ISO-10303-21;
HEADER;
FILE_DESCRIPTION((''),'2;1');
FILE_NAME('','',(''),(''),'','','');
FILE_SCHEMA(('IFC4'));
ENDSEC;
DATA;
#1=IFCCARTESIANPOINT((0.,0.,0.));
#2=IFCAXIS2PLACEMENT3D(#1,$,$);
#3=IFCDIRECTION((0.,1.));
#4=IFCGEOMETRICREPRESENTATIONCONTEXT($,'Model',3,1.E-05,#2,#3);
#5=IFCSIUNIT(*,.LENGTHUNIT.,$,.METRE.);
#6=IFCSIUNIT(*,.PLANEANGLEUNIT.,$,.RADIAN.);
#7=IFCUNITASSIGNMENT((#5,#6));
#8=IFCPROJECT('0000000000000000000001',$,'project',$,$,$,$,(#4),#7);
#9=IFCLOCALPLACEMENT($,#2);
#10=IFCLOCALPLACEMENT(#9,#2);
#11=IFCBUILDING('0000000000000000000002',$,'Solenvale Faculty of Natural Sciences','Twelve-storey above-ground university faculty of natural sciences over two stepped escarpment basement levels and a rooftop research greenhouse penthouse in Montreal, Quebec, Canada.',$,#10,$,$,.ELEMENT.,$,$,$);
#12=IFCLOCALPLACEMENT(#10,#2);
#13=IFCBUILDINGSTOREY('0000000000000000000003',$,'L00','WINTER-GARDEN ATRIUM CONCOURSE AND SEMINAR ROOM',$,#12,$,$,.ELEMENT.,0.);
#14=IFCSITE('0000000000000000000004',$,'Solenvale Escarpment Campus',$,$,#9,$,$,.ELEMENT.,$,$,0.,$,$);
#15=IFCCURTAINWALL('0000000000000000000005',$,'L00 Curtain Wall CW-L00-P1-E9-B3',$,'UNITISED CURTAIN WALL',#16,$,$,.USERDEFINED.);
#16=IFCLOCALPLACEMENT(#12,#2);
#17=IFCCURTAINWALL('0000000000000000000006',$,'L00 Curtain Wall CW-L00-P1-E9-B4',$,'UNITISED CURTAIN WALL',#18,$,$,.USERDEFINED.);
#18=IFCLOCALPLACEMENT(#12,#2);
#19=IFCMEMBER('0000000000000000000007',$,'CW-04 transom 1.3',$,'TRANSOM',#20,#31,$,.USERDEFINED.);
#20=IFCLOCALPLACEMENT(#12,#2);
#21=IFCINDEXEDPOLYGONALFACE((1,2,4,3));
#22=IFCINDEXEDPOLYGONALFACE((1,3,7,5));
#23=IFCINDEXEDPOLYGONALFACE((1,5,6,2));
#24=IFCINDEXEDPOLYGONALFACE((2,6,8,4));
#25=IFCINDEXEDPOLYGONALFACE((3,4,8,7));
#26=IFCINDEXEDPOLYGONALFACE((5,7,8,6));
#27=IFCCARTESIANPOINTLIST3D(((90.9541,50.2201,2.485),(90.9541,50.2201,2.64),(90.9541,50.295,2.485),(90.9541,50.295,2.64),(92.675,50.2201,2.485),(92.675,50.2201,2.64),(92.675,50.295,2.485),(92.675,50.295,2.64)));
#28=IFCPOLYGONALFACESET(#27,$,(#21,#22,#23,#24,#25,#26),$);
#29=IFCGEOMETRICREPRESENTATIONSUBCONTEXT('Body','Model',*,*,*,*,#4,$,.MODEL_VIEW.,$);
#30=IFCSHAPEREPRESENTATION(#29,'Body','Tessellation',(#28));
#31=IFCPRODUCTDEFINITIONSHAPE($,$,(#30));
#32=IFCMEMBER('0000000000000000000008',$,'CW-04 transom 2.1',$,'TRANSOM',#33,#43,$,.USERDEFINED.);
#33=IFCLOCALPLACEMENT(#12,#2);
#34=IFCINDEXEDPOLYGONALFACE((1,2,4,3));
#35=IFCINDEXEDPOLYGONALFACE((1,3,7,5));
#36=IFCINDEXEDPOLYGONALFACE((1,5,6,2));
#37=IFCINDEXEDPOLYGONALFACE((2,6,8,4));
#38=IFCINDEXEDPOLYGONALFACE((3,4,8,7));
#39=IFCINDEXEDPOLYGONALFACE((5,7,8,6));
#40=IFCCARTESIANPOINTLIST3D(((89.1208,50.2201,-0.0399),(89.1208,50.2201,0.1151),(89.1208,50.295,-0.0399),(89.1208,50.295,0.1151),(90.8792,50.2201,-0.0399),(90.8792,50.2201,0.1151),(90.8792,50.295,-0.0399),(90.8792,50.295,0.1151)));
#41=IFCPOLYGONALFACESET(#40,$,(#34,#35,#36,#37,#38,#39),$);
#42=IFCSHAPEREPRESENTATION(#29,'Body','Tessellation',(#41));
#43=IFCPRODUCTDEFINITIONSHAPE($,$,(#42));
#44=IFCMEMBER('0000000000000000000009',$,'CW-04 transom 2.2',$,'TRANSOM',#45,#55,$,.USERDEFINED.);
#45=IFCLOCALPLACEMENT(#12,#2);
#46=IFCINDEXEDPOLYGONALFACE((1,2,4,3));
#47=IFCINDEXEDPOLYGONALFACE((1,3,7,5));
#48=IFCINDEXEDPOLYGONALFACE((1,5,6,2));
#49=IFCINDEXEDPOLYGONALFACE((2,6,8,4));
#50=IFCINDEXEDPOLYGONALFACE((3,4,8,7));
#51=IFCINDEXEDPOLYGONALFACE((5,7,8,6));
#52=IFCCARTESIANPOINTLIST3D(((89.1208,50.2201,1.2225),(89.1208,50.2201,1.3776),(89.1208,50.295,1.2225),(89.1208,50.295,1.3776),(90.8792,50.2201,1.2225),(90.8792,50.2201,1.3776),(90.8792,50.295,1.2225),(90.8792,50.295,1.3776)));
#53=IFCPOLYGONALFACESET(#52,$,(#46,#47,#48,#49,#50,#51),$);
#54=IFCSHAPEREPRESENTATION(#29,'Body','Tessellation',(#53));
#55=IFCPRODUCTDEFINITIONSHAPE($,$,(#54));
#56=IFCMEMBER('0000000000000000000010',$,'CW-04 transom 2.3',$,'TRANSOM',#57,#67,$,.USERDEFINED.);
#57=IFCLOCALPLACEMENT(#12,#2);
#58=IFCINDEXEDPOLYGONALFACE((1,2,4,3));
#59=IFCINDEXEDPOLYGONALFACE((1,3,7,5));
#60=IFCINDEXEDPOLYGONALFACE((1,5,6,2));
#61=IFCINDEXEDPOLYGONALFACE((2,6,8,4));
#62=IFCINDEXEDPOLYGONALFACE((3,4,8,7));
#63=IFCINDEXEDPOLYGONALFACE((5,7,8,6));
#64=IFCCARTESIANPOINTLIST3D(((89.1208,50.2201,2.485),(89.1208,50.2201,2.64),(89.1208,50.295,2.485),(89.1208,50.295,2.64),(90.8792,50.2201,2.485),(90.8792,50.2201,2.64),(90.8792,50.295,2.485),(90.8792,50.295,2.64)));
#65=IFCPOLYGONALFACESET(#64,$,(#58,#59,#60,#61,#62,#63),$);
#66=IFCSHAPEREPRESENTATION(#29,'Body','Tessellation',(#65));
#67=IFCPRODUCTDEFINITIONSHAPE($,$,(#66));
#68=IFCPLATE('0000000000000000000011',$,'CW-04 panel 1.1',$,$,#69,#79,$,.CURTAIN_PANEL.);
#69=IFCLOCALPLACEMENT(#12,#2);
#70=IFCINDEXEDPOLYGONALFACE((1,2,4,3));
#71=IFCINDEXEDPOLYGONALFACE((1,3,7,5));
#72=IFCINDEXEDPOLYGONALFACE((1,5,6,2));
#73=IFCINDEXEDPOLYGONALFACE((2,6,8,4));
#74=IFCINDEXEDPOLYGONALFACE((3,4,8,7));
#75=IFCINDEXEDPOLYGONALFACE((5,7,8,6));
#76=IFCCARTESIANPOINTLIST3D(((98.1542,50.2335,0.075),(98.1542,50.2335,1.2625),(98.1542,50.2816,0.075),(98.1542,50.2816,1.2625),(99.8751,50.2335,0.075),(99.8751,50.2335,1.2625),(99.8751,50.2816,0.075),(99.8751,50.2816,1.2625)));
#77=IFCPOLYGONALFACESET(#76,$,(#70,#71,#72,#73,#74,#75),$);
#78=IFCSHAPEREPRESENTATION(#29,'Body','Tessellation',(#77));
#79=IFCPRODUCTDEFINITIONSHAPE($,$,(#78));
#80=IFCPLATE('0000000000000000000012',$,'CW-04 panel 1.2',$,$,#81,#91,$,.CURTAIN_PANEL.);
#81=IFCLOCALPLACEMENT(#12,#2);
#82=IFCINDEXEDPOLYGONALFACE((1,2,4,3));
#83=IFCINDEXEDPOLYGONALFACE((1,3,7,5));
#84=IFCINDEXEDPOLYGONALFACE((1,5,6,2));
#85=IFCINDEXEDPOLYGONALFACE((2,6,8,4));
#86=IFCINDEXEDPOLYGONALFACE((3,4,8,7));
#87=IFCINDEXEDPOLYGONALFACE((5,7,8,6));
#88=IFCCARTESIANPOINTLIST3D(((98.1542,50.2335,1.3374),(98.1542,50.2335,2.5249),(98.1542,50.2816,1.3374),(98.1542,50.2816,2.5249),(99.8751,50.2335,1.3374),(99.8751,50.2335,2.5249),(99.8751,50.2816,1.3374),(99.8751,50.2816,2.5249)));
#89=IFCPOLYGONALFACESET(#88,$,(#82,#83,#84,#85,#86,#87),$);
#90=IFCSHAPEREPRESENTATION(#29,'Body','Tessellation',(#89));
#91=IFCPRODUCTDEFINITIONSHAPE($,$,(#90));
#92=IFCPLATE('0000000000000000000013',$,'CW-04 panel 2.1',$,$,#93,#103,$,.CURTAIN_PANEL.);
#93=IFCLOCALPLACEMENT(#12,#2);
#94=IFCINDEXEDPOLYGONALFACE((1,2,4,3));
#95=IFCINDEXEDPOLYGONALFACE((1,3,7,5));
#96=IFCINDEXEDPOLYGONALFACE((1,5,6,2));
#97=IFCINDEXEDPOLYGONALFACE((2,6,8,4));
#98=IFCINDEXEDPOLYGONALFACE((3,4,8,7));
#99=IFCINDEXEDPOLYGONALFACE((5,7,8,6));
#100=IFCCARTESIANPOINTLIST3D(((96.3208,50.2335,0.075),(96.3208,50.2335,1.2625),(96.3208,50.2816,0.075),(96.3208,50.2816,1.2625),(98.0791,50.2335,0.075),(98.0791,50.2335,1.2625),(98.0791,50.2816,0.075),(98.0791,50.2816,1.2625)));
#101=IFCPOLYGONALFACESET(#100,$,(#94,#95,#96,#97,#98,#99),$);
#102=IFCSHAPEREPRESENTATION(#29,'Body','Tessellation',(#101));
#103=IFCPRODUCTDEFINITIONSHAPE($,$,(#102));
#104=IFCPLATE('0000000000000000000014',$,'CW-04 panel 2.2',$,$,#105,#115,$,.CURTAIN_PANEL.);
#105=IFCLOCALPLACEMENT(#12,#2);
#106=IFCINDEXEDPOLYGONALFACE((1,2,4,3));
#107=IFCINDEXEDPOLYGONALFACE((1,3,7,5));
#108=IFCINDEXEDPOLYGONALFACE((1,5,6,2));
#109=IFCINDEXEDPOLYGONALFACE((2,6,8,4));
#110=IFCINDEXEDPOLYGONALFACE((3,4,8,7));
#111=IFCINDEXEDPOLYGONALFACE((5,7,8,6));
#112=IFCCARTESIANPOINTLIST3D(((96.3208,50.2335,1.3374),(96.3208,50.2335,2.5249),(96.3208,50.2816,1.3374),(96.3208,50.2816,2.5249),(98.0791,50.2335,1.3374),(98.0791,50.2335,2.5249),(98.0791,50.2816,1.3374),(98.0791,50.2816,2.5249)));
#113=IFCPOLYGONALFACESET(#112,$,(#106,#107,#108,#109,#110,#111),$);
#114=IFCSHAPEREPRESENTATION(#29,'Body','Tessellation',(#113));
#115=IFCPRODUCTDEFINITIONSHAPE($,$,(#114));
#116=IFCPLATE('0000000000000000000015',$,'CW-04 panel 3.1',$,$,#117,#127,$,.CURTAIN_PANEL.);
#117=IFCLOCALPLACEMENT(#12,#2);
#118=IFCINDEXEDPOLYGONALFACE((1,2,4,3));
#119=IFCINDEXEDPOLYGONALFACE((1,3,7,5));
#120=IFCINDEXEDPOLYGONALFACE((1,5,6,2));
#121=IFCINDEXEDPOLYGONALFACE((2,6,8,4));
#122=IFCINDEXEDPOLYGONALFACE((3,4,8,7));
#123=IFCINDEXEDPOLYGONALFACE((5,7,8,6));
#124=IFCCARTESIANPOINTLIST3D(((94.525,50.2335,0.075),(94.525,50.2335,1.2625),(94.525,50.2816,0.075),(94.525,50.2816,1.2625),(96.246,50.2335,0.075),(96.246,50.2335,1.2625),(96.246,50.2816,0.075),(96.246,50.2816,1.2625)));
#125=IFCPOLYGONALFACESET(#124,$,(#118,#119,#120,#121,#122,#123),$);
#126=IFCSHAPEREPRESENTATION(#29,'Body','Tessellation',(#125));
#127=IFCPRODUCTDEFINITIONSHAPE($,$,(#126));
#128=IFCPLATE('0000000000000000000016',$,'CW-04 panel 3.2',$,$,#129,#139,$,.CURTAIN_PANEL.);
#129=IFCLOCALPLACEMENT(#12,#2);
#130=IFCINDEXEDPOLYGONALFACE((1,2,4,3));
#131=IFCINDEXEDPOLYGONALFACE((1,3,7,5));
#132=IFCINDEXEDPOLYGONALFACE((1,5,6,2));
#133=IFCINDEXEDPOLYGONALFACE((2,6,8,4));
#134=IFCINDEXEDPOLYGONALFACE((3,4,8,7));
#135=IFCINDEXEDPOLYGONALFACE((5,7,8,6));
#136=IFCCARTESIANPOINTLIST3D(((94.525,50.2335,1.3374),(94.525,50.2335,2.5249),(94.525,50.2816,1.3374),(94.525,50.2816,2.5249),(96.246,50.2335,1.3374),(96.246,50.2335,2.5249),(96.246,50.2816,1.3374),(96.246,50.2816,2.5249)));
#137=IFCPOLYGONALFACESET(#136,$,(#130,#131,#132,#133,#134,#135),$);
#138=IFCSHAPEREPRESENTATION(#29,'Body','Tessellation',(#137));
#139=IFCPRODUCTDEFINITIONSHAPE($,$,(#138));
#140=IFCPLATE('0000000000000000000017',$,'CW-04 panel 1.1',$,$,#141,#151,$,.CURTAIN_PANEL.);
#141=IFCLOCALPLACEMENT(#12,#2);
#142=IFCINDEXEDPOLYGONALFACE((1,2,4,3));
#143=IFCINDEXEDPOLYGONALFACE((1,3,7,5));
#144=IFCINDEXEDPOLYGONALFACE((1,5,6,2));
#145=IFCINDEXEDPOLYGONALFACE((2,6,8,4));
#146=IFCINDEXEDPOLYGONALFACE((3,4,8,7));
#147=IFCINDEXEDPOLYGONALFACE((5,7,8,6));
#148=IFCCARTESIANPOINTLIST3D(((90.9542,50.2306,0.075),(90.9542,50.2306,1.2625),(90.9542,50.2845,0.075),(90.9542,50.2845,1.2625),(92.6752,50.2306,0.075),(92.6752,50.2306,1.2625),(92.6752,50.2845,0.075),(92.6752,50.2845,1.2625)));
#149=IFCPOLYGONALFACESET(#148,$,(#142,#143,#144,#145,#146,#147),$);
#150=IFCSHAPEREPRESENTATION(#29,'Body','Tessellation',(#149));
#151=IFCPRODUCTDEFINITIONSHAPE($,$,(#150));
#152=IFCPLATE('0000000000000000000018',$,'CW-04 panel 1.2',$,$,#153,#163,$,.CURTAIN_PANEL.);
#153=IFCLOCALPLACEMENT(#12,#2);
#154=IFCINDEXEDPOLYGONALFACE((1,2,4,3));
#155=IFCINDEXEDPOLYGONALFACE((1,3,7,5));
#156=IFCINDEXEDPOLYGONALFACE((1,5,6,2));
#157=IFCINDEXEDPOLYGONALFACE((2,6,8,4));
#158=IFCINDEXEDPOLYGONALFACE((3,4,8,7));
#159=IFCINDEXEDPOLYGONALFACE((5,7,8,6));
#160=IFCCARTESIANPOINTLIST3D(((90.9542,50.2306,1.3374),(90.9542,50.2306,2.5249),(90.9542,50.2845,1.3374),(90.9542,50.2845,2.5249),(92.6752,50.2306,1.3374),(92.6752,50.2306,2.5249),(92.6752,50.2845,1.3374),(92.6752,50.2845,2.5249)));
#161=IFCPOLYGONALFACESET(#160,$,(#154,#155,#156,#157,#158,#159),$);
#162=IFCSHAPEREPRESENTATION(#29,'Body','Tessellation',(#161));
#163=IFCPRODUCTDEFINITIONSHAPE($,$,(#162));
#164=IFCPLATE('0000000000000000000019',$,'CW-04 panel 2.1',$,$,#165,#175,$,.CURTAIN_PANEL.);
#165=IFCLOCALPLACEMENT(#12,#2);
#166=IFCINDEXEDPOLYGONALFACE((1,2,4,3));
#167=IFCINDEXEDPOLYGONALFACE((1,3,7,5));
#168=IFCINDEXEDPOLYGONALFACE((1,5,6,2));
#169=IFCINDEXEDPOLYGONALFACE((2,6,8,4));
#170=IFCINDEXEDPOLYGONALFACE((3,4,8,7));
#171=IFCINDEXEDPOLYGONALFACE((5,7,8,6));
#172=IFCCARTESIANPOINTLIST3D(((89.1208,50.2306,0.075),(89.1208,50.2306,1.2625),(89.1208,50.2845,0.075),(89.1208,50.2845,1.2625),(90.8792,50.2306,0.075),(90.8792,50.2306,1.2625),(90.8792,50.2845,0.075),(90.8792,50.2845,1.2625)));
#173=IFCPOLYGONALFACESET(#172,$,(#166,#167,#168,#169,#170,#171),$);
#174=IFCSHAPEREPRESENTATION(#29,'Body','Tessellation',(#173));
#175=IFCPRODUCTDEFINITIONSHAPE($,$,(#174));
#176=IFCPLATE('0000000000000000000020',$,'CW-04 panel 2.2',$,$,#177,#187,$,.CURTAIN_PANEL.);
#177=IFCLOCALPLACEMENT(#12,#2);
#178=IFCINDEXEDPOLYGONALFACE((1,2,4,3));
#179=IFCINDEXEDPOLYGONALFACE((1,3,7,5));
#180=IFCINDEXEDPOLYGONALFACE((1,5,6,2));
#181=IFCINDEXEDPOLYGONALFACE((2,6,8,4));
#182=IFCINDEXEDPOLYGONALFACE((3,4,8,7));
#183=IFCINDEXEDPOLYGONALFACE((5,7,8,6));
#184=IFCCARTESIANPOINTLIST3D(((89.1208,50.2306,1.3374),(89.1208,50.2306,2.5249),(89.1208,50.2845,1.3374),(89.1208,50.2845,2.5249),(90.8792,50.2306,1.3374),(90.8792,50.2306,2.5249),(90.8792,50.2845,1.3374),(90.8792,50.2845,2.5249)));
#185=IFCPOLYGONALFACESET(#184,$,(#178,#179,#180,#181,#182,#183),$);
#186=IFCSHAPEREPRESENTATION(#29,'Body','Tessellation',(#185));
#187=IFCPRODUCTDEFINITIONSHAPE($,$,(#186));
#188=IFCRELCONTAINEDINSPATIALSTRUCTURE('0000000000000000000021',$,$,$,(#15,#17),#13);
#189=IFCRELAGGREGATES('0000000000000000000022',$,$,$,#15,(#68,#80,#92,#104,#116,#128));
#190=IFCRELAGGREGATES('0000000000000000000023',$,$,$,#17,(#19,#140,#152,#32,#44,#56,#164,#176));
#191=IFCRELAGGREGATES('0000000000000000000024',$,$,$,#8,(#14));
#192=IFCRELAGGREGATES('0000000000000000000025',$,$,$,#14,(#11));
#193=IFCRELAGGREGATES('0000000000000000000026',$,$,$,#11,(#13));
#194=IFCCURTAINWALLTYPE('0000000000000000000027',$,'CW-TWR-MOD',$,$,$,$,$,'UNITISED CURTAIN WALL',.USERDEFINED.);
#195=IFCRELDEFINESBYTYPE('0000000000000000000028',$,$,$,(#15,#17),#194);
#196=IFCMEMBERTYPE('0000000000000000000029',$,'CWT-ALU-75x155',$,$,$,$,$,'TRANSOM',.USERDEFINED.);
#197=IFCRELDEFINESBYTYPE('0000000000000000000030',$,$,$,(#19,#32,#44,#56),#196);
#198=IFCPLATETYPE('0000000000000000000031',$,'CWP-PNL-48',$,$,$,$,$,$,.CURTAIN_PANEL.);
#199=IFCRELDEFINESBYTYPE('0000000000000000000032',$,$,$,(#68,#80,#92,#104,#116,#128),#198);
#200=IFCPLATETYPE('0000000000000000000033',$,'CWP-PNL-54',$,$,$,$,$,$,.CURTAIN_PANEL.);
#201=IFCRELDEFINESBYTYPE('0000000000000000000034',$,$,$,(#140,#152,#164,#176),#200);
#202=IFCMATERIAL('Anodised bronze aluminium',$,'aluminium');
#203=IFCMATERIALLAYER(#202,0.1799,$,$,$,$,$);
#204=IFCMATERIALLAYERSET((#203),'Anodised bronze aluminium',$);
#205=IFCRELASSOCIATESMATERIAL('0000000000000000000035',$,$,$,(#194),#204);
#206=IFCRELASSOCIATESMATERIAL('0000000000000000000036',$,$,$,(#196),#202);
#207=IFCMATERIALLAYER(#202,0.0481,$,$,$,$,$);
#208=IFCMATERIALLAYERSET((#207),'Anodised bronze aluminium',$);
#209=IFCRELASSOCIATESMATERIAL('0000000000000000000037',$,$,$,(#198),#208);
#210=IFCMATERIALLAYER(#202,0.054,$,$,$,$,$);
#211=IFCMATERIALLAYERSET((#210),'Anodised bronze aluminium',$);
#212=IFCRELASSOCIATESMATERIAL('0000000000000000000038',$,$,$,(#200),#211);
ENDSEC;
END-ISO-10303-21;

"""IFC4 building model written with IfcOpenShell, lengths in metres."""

from ifc_helpers import new_model, si_unit, direction, frame, origin, origin_2d, place, context, subcontext, project, spatial, rectangle, extrude, material, layer, layer_set, material_profile, profile_set, type_object, element, aggregate, save


model = new_model("IFC4")

# Units and contexts
model_context = context("Model", 3, precision=1e-05, world=origin(), true_north=direction((0.0, 1.0)))
body_context = subcontext(model_context, "Body", "Model", "MODEL_VIEW")
ifc_project = project(units=[si_unit("LENGTHUNIT", "METRE"), si_unit("PLANEANGLEUNIT", "RADIAN")], contexts=[model_context])

# Site, building, storey
site_placement = place(None, origin())
site = spatial("IfcSite", under=ifc_project, at=site_placement, Name="Solenvale Escarpment Campus", CompositionType="ELEMENT", RefElevation=0.0)
building_placement = place(site_placement, origin())
building = spatial("IfcBuilding", under=site, at=building_placement, Name="Solenvale Faculty of Natural Sciences", Description="Twelve-storey above-ground university faculty of natural sciences over two stepped escarpment basement levels and a rooftop research greenhouse penthouse in Montreal, Quebec, Canada.", CompositionType="ELEMENT")
storey_placement = place(building_placement, origin())
storey = spatial("IfcBuildingStorey", under=building, at=storey_placement, Name="L00", Description="WINTER-GARDEN ATRIUM CONCOURSE AND SEMINAR ROOM", CompositionType="ELEMENT", Elevation=0.0)

# Curtain walls
ifc_material_1 = material(Name="Anodised bronze aluminium", Category="aluminium")
ifc_layer_1 = layer(ifc_material_1, 0.1799)
ifc_layer_set_1 = layer_set([ifc_layer_1], Name="Anodised bronze aluminium")
curtain_wall_type = type_object("IfcCurtainWallType", Name="CW-TWR-MOD", ElementType="UNITISED CURTAIN WALL", PredefinedType="USERDEFINED", material=ifc_layer_set_1)
curtain_wall_1_placement = place(storey_placement, origin())
curtain_wall_1 = element("IfcCurtainWall", 1, at=curtain_wall_1_placement, inside=storey, type_object=curtain_wall_type, Name="L00 Curtain Wall CW-L00-P1-E9-B3", ObjectType="UNITISED CURTAIN WALL", PredefinedType="USERDEFINED")
curtain_wall_2_placement = place(storey_placement, origin())
curtain_wall_2 = element("IfcCurtainWall", 2, at=curtain_wall_2_placement, inside=storey, type_object=curtain_wall_type, Name="L00 Curtain Wall CW-L00-P1-E9-B4", ObjectType="UNITISED CURTAIN WALL", PredefinedType="USERDEFINED")

# Members
ifc_material_profile_1 = material_profile(ifc_material_1, rectangle(XDim=0.075, YDim=0.155, at=origin_2d()), Name="ALU-TRN-75x155")
ifc_profile_set_1 = profile_set([ifc_material_profile_1], Name="Anodised bronze aluminium")
member_type_1 = type_object("IfcMemberType", Name="CWT-ALU-75x155", ElementType="TRANSOM", PredefinedType="USERDEFINED", material=ifc_profile_set_1)
member_1_placement = place(storey_placement, frame((92.675, 50.2576, 2.5625), z_axis=(-1.0, 0.0, 0.0), x_axis=(0.0, -1.0, 0.0)))
member_1 = element("IfcMember", 3, at=member_1_placement, type_object=member_type_1, Name="CW-04 transom 1.3", ObjectType="TRANSOM", PredefinedType="USERDEFINED", context=body_context, shape_type="SweptSolid", body=[
    extrude(rectangle(XDim=0.075, YDim=0.155, at=origin_2d()), origin(), (0.0, 0.0, 1.0), 1.7209),
])
member_2_placement = place(storey_placement, frame((90.8792, 50.2576, 0.0376), z_axis=(-1.0, 0.0, 0.0), x_axis=(0.0, -1.0, 0.0)))
member_2 = element("IfcMember", 4, at=member_2_placement, type_object=member_type_1, Name="CW-04 transom 2.1", ObjectType="TRANSOM", PredefinedType="USERDEFINED", context=body_context, shape_type="SweptSolid", body=[
    extrude(rectangle(XDim=0.075, YDim=0.155, at=origin_2d()), origin(), (0.0, 0.0, 1.0), 1.7583),
])
member_3_placement = place(storey_placement, frame((90.8792, 50.2576, 1.3), z_axis=(-1.0, 0.0, 0.0), x_axis=(0.0, -1.0, 0.0)))
member_3 = element("IfcMember", 5, at=member_3_placement, type_object=member_type_1, Name="CW-04 transom 2.2", ObjectType="TRANSOM", PredefinedType="USERDEFINED", context=body_context, shape_type="SweptSolid", body=[
    extrude(rectangle(XDim=0.075, YDim=0.155, at=origin_2d()), origin(), (0.0, 0.0, 1.0), 1.7583),
])
member_4_placement = place(storey_placement, frame((90.8792, 50.2576, 2.5625), z_axis=(-1.0, 0.0, 0.0), x_axis=(0.0, -1.0, 0.0)))
member_4 = element("IfcMember", 6, at=member_4_placement, type_object=member_type_1, Name="CW-04 transom 2.3", ObjectType="TRANSOM", PredefinedType="USERDEFINED", context=body_context, shape_type="SweptSolid", body=[
    extrude(rectangle(XDim=0.075, YDim=0.155, at=origin_2d()), origin(), (0.0, 0.0, 1.0), 1.7583),
])

# Plates
ifc_layer_2 = layer(ifc_material_1, 0.0481)
ifc_layer_set_2 = layer_set([ifc_layer_2], Name="Anodised bronze aluminium")
plate_type_1 = type_object("IfcPlateType", Name="CWP-PNL-48", PredefinedType="CURTAIN_PANEL", material=ifc_layer_set_2)
plate_1_placement = place(storey_placement, frame((99.0146, 50.2576, 0.075), z_axis=(0.0, 0.0, 1.0), x_axis=(-1.0, 0.0, 0.0)))
plate_1 = element("IfcPlate", 7, at=plate_1_placement, type_object=plate_type_1, Name="CW-04 panel 1.1", PredefinedType="CURTAIN_PANEL", context=body_context, shape_type="SweptSolid", body=[
    extrude(rectangle(XDim=1.7209, YDim=0.0481, at=origin_2d()), origin(), (0.0, 0.0, 1.0), 1.1875),
])
plate_2_placement = place(storey_placement, frame((99.0146, 50.2576, 1.3374), z_axis=(0.0, 0.0, 1.0), x_axis=(-1.0, 0.0, 0.0)))
plate_2 = element("IfcPlate", 8, at=plate_2_placement, type_object=plate_type_1, Name="CW-04 panel 1.2", PredefinedType="CURTAIN_PANEL", context=body_context, shape_type="SweptSolid", body=[
    extrude(rectangle(XDim=1.7209, YDim=0.0481, at=origin_2d()), origin(), (0.0, 0.0, 1.0), 1.1875),
])
plate_3_placement = place(storey_placement, frame((97.2, 50.2576, 0.075), z_axis=(0.0, 0.0, 1.0), x_axis=(-1.0, 0.0, 0.0)))
plate_3 = element("IfcPlate", 9, at=plate_3_placement, type_object=plate_type_1, Name="CW-04 panel 2.1", PredefinedType="CURTAIN_PANEL", context=body_context, shape_type="SweptSolid", body=[
    extrude(rectangle(XDim=1.7583, YDim=0.0481, at=origin_2d()), origin(), (0.0, 0.0, 1.0), 1.1875),
])
plate_4_placement = place(storey_placement, frame((97.2, 50.2576, 1.3374), z_axis=(0.0, 0.0, 1.0), x_axis=(-1.0, 0.0, 0.0)))
plate_4 = element("IfcPlate", 10, at=plate_4_placement, type_object=plate_type_1, Name="CW-04 panel 2.2", PredefinedType="CURTAIN_PANEL", context=body_context, shape_type="SweptSolid", body=[
    extrude(rectangle(XDim=1.7583, YDim=0.0481, at=origin_2d()), origin(), (0.0, 0.0, 1.0), 1.1875),
])
plate_5_placement = place(storey_placement, frame((95.3855, 50.2576, 0.075), z_axis=(0.0, 0.0, 1.0), x_axis=(-1.0, 0.0, 0.0)))
plate_5 = element("IfcPlate", 11, at=plate_5_placement, type_object=plate_type_1, Name="CW-04 panel 3.1", PredefinedType="CURTAIN_PANEL", context=body_context, shape_type="SweptSolid", body=[
    extrude(rectangle(XDim=1.7209, YDim=0.0481, at=origin_2d()), origin(), (0.0, 0.0, 1.0), 1.1875),
])
plate_6_placement = place(storey_placement, frame((95.3855, 50.2576, 1.3374), z_axis=(0.0, 0.0, 1.0), x_axis=(-1.0, 0.0, 0.0)))
plate_6 = element("IfcPlate", 12, at=plate_6_placement, type_object=plate_type_1, Name="CW-04 panel 3.2", PredefinedType="CURTAIN_PANEL", context=body_context, shape_type="SweptSolid", body=[
    extrude(rectangle(XDim=1.7209, YDim=0.0481, at=origin_2d()), origin(), (0.0, 0.0, 1.0), 1.1875),
])
aggregate(curtain_wall_1, [plate_1, plate_2, plate_3, plate_4, plate_5, plate_6])
ifc_layer_3 = layer(ifc_material_1, 0.054)
ifc_layer_set_3 = layer_set([ifc_layer_3], Name="Anodised bronze aluminium")
plate_type_2 = type_object("IfcPlateType", Name="CWP-PNL-54", PredefinedType="CURTAIN_PANEL", material=ifc_layer_set_3)
plate_7_placement = place(storey_placement, frame((91.8147, 50.2576, 0.075), z_axis=(0.0, 0.0, 1.0), x_axis=(-1.0, 0.0, 0.0)))
plate_7 = element("IfcPlate", 13, at=plate_7_placement, type_object=plate_type_2, Name="CW-04 panel 1.1", PredefinedType="CURTAIN_PANEL", context=body_context, shape_type="SweptSolid", body=[
    extrude(rectangle(XDim=1.7209, YDim=0.054, at=origin_2d()), origin(), (0.0, 0.0, 1.0), 1.1875),
])
plate_8_placement = place(storey_placement, frame((91.8147, 50.2576, 1.3374), z_axis=(0.0, 0.0, 1.0), x_axis=(-1.0, 0.0, 0.0)))
plate_8 = element("IfcPlate", 14, at=plate_8_placement, type_object=plate_type_2, Name="CW-04 panel 1.2", PredefinedType="CURTAIN_PANEL", context=body_context, shape_type="SweptSolid", body=[
    extrude(rectangle(XDim=1.7209, YDim=0.054, at=origin_2d()), origin(), (0.0, 0.0, 1.0), 1.1875),
])
plate_9_placement = place(storey_placement, frame((90.0, 50.2576, 0.075), z_axis=(0.0, 0.0, 1.0), x_axis=(-1.0, 0.0, 0.0)))
plate_9 = element("IfcPlate", 15, at=plate_9_placement, type_object=plate_type_2, Name="CW-04 panel 2.1", PredefinedType="CURTAIN_PANEL", context=body_context, shape_type="SweptSolid", body=[
    extrude(rectangle(XDim=1.7583, YDim=0.054, at=origin_2d()), origin(), (0.0, 0.0, 1.0), 1.1875),
])
plate_10_placement = place(storey_placement, frame((90.0, 50.2576, 1.3374), z_axis=(0.0, 0.0, 1.0), x_axis=(-1.0, 0.0, 0.0)))
plate_10 = element("IfcPlate", 16, at=plate_10_placement, type_object=plate_type_2, Name="CW-04 panel 2.2", PredefinedType="CURTAIN_PANEL", context=body_context, shape_type="SweptSolid", body=[
    extrude(rectangle(XDim=1.7583, YDim=0.054, at=origin_2d()), origin(), (0.0, 0.0, 1.0), 1.1875),
])
aggregate(curtain_wall_2, [member_1, plate_7, plate_8, member_2, member_3, member_4, plate_9, plate_10])

save(model, "model.ifc")
